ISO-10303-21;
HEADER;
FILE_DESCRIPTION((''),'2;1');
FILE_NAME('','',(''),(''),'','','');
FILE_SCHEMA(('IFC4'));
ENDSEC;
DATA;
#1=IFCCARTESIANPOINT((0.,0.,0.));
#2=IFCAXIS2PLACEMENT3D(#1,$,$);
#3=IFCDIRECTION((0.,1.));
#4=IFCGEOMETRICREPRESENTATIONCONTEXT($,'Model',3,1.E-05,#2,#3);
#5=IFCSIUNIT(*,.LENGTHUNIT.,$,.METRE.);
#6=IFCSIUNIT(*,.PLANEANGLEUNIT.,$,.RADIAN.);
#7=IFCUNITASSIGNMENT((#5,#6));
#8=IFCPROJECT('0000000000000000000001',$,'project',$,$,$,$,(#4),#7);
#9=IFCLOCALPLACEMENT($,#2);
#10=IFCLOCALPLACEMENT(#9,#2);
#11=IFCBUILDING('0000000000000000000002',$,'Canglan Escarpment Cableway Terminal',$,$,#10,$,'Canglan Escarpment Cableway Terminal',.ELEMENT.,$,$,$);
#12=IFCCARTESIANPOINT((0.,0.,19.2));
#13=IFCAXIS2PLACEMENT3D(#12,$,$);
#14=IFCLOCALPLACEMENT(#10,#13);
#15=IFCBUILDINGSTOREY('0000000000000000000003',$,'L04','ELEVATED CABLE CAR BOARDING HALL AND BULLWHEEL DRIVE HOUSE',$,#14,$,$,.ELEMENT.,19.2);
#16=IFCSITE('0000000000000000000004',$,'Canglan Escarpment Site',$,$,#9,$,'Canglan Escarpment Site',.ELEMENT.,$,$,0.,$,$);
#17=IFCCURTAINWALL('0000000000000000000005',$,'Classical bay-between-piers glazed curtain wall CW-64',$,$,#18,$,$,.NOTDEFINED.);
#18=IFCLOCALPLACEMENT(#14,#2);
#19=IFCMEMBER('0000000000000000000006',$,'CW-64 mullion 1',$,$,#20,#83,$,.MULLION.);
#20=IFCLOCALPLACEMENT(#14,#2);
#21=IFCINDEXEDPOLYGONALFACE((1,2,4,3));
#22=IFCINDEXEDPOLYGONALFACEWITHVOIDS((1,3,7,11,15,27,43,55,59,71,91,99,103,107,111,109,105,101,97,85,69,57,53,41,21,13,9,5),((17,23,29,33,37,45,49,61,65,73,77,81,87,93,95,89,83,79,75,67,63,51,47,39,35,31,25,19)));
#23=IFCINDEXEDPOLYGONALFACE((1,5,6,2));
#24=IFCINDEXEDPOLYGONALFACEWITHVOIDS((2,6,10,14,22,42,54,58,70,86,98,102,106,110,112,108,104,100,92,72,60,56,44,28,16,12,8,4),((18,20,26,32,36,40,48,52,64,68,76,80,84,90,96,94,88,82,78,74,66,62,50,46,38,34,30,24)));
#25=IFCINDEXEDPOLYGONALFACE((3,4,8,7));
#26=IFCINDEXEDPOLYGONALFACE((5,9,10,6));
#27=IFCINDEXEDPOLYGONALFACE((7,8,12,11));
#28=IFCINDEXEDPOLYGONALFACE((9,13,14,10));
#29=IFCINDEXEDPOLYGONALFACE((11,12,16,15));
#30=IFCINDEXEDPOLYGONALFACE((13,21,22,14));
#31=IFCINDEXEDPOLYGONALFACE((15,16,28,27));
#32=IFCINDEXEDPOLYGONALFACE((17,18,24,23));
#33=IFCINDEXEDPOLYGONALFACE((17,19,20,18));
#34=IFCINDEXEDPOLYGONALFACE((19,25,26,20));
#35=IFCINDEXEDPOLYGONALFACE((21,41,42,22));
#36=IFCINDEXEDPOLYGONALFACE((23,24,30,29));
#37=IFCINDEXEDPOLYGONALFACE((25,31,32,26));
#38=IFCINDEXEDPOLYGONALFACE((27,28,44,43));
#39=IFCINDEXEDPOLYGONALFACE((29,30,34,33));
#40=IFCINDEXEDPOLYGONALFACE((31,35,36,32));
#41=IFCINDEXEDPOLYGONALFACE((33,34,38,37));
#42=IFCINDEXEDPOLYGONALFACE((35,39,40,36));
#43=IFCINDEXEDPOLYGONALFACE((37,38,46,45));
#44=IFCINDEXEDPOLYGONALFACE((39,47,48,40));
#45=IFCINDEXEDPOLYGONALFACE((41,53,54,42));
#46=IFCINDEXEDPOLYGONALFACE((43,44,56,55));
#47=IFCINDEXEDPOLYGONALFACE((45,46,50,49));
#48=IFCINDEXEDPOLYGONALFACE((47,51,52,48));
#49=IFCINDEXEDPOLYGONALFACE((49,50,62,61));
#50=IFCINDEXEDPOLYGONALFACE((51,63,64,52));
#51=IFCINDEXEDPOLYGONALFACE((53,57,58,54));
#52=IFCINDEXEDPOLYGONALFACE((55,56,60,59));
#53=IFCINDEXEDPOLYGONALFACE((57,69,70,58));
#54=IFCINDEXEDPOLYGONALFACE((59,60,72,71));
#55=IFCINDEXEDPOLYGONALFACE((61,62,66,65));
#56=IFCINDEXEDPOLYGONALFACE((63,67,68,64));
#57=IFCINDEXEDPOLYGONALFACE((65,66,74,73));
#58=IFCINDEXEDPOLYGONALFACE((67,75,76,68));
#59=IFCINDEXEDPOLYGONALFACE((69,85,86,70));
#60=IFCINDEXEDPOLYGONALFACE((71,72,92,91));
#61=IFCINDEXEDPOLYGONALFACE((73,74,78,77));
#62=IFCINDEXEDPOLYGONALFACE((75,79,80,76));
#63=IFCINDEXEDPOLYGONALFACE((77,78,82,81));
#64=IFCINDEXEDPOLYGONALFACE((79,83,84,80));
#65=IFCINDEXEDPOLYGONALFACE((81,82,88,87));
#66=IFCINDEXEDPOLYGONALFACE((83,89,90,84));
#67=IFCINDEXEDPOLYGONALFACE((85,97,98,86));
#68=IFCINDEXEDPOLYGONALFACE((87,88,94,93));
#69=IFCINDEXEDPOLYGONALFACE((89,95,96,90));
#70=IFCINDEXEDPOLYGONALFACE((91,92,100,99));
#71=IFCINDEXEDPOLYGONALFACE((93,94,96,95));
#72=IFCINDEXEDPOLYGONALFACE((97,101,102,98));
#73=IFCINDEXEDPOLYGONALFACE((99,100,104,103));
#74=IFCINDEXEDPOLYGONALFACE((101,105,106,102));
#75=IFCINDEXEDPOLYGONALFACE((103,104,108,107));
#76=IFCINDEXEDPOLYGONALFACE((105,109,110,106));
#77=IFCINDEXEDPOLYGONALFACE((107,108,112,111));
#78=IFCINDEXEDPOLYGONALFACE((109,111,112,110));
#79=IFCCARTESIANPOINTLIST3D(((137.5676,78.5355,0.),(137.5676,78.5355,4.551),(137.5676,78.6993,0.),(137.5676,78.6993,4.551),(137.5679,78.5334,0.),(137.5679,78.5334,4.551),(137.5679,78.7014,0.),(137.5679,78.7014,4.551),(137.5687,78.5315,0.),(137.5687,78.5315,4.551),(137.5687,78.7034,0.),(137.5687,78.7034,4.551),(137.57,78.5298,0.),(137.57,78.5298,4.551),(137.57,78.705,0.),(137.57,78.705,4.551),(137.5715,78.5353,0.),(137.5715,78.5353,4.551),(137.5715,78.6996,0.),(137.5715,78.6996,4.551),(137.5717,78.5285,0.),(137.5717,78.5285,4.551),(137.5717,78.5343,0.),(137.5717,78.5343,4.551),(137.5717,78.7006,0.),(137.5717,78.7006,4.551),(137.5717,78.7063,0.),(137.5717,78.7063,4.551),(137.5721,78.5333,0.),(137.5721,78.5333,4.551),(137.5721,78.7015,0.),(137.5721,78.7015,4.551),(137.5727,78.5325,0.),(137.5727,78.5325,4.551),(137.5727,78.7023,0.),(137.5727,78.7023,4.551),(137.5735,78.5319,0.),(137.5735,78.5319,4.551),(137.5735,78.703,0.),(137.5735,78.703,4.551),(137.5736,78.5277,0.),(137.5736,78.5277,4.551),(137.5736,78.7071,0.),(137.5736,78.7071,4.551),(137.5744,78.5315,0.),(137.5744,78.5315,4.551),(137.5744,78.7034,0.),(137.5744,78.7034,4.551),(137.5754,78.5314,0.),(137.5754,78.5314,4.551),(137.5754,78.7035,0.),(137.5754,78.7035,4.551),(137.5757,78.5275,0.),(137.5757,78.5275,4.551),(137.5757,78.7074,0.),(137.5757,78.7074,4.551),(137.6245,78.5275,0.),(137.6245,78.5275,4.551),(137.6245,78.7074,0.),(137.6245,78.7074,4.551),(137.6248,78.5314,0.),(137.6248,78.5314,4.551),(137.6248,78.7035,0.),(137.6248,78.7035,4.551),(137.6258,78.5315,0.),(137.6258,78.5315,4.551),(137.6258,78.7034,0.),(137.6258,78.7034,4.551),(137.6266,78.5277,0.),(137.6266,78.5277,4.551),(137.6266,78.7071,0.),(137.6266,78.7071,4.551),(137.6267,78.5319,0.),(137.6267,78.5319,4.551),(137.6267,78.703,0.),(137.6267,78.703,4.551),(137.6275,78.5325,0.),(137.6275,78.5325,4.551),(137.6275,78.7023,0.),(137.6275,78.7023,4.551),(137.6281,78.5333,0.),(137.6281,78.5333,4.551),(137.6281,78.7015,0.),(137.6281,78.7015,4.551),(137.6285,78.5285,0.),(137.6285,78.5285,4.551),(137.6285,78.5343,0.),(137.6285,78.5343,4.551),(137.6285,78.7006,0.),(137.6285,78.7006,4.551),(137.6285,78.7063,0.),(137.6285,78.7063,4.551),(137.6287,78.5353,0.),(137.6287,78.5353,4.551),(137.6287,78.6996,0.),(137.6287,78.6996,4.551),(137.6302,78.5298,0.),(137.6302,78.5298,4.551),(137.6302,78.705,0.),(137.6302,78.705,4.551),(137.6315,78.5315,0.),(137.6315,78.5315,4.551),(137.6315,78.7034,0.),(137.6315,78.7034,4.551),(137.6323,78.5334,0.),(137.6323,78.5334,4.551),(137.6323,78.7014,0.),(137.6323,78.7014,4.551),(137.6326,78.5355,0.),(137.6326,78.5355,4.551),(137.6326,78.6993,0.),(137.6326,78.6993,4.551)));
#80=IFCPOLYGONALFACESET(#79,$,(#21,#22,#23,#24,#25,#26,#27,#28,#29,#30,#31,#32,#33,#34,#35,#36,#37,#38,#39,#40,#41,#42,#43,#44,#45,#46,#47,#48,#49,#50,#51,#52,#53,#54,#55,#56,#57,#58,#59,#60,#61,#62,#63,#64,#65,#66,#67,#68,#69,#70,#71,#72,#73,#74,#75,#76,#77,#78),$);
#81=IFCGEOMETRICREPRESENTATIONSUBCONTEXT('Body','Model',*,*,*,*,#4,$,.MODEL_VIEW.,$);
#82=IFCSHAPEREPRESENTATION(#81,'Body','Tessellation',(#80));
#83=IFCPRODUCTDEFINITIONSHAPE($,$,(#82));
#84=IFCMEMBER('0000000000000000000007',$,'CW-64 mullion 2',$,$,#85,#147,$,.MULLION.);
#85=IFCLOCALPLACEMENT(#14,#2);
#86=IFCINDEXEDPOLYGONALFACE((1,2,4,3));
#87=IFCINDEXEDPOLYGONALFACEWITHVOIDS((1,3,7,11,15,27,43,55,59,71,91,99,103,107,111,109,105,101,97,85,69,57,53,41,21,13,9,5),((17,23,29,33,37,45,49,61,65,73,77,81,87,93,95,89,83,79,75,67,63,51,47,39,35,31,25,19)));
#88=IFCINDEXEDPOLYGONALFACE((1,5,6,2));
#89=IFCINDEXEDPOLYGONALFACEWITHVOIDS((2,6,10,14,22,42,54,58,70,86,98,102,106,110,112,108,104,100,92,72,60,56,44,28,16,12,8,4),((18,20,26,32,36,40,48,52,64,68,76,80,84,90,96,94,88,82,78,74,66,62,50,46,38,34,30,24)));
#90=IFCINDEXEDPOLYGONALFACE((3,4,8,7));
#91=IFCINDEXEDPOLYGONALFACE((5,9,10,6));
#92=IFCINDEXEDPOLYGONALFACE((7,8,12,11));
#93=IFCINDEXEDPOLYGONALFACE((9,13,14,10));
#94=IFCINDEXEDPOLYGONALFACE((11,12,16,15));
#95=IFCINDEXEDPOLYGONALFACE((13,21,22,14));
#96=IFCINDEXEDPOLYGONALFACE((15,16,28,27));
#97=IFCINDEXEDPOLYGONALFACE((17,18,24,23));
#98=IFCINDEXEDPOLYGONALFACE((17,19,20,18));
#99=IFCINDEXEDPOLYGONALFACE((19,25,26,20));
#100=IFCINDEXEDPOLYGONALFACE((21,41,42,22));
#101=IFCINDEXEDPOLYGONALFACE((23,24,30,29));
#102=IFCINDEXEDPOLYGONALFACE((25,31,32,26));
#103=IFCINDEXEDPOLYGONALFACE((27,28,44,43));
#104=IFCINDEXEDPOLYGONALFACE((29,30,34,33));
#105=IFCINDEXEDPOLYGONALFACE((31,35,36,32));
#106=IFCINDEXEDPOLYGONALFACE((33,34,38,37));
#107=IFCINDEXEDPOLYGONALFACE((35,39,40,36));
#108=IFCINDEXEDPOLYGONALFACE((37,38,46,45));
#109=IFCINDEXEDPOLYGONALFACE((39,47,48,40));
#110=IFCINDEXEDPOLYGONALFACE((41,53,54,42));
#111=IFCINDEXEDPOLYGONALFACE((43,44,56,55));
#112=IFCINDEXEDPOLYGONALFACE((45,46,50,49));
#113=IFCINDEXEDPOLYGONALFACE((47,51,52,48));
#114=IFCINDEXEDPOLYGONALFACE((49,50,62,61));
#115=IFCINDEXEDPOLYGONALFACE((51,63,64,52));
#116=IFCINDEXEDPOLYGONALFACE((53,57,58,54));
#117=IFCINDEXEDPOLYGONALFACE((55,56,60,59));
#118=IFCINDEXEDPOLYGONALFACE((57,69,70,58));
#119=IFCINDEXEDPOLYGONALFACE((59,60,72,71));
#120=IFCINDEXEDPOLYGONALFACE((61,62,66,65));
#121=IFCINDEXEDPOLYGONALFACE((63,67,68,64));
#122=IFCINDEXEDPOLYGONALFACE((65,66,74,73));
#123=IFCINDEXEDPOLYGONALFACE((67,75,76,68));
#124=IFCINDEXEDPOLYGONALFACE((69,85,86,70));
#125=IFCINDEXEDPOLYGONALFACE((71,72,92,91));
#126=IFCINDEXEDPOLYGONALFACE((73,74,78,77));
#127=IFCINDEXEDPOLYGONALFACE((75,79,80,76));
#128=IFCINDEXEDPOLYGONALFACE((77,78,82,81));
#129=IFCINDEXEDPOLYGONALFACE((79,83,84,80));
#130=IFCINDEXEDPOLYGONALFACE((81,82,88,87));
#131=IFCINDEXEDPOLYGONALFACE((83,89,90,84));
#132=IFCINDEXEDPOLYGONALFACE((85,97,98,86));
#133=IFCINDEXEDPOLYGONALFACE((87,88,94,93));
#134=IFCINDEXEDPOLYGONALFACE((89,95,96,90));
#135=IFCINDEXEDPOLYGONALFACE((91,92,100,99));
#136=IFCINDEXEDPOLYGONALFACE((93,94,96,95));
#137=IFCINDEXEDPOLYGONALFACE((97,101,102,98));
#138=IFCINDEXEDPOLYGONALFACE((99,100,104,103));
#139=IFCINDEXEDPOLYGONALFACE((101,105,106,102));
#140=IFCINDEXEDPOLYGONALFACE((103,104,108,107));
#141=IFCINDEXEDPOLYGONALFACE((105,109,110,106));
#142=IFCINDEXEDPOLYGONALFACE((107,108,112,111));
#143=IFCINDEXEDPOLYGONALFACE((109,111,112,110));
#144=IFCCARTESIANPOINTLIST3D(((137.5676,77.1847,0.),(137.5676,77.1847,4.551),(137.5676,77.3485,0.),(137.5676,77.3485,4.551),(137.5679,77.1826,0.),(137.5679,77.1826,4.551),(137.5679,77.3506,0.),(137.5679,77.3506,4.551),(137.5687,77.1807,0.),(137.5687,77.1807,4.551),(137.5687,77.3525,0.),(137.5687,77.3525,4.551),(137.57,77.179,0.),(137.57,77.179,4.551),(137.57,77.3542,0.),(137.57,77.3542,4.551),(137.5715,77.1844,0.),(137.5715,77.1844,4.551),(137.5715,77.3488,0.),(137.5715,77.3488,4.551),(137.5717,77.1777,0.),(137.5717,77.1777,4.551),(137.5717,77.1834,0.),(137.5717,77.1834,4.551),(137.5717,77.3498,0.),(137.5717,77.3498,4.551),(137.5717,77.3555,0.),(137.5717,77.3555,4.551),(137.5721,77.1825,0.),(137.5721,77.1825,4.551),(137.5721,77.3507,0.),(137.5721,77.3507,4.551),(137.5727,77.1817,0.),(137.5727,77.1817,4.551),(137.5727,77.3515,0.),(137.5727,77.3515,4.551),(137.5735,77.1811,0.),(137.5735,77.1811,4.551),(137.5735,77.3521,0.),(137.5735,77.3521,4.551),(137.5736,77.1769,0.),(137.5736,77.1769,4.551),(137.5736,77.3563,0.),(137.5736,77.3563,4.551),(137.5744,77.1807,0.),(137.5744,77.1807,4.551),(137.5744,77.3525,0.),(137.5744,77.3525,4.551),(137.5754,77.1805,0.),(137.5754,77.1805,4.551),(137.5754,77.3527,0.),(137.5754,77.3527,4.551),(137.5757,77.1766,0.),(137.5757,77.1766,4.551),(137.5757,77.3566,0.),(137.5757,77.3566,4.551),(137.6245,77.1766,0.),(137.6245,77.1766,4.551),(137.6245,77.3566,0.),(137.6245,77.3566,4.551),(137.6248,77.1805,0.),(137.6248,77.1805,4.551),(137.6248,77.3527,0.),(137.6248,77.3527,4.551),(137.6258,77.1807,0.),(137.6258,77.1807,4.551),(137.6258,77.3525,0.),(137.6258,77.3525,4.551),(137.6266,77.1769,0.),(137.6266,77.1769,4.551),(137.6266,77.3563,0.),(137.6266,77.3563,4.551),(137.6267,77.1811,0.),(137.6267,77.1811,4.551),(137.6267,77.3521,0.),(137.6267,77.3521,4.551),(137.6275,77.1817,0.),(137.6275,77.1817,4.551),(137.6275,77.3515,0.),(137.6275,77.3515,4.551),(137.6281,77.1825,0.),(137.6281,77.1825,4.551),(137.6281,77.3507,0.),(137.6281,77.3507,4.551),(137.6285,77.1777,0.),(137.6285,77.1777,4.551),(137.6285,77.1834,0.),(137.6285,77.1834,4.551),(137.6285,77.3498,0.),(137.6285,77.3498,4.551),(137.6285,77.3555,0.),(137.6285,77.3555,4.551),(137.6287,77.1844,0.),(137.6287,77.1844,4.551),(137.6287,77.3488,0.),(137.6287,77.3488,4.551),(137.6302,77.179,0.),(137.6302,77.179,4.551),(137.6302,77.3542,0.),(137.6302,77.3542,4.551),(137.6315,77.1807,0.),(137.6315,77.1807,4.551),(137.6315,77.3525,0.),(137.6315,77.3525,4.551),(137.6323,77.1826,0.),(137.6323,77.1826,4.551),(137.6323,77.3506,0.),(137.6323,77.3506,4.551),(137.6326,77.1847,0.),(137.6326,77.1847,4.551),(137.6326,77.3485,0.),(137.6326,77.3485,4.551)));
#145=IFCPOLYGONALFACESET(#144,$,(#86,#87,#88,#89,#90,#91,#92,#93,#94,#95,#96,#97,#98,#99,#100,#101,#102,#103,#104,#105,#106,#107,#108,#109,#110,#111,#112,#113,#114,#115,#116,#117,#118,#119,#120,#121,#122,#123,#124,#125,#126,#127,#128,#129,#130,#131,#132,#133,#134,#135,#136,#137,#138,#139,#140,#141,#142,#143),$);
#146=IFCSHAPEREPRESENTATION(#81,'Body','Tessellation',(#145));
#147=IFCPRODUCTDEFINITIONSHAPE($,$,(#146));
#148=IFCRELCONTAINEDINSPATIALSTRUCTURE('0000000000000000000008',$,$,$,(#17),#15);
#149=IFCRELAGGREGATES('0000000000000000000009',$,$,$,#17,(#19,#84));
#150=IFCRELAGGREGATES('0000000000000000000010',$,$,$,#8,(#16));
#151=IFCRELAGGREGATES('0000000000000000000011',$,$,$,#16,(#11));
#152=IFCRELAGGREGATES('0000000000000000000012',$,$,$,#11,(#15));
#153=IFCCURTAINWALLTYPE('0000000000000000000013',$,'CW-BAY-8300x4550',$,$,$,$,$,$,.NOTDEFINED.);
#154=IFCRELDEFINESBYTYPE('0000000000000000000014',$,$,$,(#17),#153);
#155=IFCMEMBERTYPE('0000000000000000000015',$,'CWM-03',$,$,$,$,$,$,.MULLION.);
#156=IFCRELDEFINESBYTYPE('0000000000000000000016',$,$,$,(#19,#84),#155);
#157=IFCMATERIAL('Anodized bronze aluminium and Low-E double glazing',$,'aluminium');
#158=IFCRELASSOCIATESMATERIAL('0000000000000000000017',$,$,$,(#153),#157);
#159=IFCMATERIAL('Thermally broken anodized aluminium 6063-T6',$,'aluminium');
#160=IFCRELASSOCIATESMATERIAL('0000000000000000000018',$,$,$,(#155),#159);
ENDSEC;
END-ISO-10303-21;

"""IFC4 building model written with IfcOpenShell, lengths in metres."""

from ifc_helpers import new_model, si_unit, direction, frame, origin, origin_2d, place, context, subcontext, project, spatial, hollow_rectangle, extrude, material, material_profile, profile_set, type_object, element, aggregate, save


model = new_model("IFC4")

# Units and contexts
model_context = context("Model", 3, precision=1e-05, world=origin(), true_north=direction((0.0, 1.0)))
body_context = subcontext(model_context, "Body", "Model", "MODEL_VIEW")
ifc_project = project(units=[si_unit("LENGTHUNIT", "METRE"), si_unit("PLANEANGLEUNIT", "RADIAN")], contexts=[model_context])

# Site, building, storey
site_placement = place(None, origin())
site = spatial("IfcSite", under=ifc_project, at=site_placement, Name="Canglan Escarpment Site", LongName="Canglan Escarpment Site", CompositionType="ELEMENT", RefElevation=0.0)
building_placement = place(site_placement, origin())
building = spatial("IfcBuilding", under=site, at=building_placement, Name="Canglan Escarpment Cableway Terminal", LongName="Canglan Escarpment Cableway Terminal", CompositionType="ELEMENT")
storey_placement = place(building_placement, frame((0.0, 0.0, 19.2)))
storey = spatial("IfcBuildingStorey", under=building, at=storey_placement, Name="L04", Description="ELEVATED CABLE CAR BOARDING HALL AND BULLWHEEL DRIVE HOUSE", CompositionType="ELEMENT", Elevation=19.2)

# Curtain wall, members
ifc_material_1 = material(Name="Anodized bronze aluminium and Low-E double glazing", Category="aluminium")
curtain_wall_type = type_object("IfcCurtainWallType", Name="CW-BAY-8300x4550", PredefinedType="NOTDEFINED", material=ifc_material_1)
ifc_material_2 = material(Name="Thermally broken anodized aluminium 6063-T6", Category="aluminium")
curtain_wall_1_placement = place(storey_placement, origin())
curtain_wall_1 = element("IfcCurtainWall", 1, at=curtain_wall_1_placement, inside=storey, type_object=curtain_wall_type, Name="Classical bay-between-piers glazed curtain wall CW-64", PredefinedType="NOTDEFINED")
ifc_material_profile_1 = material_profile(ifc_material_2, hollow_rectangle(XDim=0.0649, YDim=0.1799, WallThickness=0.0039, InnerFilletRadius=0.0039, OuterFilletRadius=0.0081, at=origin_2d()), Name="ALU-MULL 65x180x4")
ifc_profile_set_1 = profile_set([ifc_material_profile_1], Name="Thermally broken anodized aluminium 6063-T6")
member_type_1 = type_object("IfcMemberType", Name="CWM-03", PredefinedType="MULLION", material=ifc_profile_set_1)
member_1_placement = place(storey_placement, frame((137.6001, 78.6174, 0.0), z_axis=(0.0, 0.0, 1.0), x_axis=(1.0, 0.0, 0.0)))
member_1 = element("IfcMember", 2, at=member_1_placement, type_object=member_type_1, Name="CW-64 mullion 1", PredefinedType="MULLION", context=body_context, shape_type="SweptSolid", body=[
    extrude(hollow_rectangle(XDim=0.0649, YDim=0.1799, WallThickness=0.0039, InnerFilletRadius=0.0039, OuterFilletRadius=0.0081, at=origin_2d()), origin(), (0.0, 0.0, 1.0), 4.551),
])
member_2_placement = place(storey_placement, frame((137.6001, 77.2666, 0.0), z_axis=(0.0, 0.0, 1.0), x_axis=(1.0, 0.0, 0.0)))
member_2 = element("IfcMember", 3, at=member_2_placement, type_object=member_type_1, Name="CW-64 mullion 2", PredefinedType="MULLION", context=body_context, shape_type="SweptSolid", body=[
    extrude(hollow_rectangle(XDim=0.0649, YDim=0.1799, WallThickness=0.0039, InnerFilletRadius=0.0039, OuterFilletRadius=0.0081, at=origin_2d()), origin(), (0.0, 0.0, 1.0), 4.551),
])

aggregate(curtain_wall_1, [member_1, member_2])

save(model, "model.ifc")
